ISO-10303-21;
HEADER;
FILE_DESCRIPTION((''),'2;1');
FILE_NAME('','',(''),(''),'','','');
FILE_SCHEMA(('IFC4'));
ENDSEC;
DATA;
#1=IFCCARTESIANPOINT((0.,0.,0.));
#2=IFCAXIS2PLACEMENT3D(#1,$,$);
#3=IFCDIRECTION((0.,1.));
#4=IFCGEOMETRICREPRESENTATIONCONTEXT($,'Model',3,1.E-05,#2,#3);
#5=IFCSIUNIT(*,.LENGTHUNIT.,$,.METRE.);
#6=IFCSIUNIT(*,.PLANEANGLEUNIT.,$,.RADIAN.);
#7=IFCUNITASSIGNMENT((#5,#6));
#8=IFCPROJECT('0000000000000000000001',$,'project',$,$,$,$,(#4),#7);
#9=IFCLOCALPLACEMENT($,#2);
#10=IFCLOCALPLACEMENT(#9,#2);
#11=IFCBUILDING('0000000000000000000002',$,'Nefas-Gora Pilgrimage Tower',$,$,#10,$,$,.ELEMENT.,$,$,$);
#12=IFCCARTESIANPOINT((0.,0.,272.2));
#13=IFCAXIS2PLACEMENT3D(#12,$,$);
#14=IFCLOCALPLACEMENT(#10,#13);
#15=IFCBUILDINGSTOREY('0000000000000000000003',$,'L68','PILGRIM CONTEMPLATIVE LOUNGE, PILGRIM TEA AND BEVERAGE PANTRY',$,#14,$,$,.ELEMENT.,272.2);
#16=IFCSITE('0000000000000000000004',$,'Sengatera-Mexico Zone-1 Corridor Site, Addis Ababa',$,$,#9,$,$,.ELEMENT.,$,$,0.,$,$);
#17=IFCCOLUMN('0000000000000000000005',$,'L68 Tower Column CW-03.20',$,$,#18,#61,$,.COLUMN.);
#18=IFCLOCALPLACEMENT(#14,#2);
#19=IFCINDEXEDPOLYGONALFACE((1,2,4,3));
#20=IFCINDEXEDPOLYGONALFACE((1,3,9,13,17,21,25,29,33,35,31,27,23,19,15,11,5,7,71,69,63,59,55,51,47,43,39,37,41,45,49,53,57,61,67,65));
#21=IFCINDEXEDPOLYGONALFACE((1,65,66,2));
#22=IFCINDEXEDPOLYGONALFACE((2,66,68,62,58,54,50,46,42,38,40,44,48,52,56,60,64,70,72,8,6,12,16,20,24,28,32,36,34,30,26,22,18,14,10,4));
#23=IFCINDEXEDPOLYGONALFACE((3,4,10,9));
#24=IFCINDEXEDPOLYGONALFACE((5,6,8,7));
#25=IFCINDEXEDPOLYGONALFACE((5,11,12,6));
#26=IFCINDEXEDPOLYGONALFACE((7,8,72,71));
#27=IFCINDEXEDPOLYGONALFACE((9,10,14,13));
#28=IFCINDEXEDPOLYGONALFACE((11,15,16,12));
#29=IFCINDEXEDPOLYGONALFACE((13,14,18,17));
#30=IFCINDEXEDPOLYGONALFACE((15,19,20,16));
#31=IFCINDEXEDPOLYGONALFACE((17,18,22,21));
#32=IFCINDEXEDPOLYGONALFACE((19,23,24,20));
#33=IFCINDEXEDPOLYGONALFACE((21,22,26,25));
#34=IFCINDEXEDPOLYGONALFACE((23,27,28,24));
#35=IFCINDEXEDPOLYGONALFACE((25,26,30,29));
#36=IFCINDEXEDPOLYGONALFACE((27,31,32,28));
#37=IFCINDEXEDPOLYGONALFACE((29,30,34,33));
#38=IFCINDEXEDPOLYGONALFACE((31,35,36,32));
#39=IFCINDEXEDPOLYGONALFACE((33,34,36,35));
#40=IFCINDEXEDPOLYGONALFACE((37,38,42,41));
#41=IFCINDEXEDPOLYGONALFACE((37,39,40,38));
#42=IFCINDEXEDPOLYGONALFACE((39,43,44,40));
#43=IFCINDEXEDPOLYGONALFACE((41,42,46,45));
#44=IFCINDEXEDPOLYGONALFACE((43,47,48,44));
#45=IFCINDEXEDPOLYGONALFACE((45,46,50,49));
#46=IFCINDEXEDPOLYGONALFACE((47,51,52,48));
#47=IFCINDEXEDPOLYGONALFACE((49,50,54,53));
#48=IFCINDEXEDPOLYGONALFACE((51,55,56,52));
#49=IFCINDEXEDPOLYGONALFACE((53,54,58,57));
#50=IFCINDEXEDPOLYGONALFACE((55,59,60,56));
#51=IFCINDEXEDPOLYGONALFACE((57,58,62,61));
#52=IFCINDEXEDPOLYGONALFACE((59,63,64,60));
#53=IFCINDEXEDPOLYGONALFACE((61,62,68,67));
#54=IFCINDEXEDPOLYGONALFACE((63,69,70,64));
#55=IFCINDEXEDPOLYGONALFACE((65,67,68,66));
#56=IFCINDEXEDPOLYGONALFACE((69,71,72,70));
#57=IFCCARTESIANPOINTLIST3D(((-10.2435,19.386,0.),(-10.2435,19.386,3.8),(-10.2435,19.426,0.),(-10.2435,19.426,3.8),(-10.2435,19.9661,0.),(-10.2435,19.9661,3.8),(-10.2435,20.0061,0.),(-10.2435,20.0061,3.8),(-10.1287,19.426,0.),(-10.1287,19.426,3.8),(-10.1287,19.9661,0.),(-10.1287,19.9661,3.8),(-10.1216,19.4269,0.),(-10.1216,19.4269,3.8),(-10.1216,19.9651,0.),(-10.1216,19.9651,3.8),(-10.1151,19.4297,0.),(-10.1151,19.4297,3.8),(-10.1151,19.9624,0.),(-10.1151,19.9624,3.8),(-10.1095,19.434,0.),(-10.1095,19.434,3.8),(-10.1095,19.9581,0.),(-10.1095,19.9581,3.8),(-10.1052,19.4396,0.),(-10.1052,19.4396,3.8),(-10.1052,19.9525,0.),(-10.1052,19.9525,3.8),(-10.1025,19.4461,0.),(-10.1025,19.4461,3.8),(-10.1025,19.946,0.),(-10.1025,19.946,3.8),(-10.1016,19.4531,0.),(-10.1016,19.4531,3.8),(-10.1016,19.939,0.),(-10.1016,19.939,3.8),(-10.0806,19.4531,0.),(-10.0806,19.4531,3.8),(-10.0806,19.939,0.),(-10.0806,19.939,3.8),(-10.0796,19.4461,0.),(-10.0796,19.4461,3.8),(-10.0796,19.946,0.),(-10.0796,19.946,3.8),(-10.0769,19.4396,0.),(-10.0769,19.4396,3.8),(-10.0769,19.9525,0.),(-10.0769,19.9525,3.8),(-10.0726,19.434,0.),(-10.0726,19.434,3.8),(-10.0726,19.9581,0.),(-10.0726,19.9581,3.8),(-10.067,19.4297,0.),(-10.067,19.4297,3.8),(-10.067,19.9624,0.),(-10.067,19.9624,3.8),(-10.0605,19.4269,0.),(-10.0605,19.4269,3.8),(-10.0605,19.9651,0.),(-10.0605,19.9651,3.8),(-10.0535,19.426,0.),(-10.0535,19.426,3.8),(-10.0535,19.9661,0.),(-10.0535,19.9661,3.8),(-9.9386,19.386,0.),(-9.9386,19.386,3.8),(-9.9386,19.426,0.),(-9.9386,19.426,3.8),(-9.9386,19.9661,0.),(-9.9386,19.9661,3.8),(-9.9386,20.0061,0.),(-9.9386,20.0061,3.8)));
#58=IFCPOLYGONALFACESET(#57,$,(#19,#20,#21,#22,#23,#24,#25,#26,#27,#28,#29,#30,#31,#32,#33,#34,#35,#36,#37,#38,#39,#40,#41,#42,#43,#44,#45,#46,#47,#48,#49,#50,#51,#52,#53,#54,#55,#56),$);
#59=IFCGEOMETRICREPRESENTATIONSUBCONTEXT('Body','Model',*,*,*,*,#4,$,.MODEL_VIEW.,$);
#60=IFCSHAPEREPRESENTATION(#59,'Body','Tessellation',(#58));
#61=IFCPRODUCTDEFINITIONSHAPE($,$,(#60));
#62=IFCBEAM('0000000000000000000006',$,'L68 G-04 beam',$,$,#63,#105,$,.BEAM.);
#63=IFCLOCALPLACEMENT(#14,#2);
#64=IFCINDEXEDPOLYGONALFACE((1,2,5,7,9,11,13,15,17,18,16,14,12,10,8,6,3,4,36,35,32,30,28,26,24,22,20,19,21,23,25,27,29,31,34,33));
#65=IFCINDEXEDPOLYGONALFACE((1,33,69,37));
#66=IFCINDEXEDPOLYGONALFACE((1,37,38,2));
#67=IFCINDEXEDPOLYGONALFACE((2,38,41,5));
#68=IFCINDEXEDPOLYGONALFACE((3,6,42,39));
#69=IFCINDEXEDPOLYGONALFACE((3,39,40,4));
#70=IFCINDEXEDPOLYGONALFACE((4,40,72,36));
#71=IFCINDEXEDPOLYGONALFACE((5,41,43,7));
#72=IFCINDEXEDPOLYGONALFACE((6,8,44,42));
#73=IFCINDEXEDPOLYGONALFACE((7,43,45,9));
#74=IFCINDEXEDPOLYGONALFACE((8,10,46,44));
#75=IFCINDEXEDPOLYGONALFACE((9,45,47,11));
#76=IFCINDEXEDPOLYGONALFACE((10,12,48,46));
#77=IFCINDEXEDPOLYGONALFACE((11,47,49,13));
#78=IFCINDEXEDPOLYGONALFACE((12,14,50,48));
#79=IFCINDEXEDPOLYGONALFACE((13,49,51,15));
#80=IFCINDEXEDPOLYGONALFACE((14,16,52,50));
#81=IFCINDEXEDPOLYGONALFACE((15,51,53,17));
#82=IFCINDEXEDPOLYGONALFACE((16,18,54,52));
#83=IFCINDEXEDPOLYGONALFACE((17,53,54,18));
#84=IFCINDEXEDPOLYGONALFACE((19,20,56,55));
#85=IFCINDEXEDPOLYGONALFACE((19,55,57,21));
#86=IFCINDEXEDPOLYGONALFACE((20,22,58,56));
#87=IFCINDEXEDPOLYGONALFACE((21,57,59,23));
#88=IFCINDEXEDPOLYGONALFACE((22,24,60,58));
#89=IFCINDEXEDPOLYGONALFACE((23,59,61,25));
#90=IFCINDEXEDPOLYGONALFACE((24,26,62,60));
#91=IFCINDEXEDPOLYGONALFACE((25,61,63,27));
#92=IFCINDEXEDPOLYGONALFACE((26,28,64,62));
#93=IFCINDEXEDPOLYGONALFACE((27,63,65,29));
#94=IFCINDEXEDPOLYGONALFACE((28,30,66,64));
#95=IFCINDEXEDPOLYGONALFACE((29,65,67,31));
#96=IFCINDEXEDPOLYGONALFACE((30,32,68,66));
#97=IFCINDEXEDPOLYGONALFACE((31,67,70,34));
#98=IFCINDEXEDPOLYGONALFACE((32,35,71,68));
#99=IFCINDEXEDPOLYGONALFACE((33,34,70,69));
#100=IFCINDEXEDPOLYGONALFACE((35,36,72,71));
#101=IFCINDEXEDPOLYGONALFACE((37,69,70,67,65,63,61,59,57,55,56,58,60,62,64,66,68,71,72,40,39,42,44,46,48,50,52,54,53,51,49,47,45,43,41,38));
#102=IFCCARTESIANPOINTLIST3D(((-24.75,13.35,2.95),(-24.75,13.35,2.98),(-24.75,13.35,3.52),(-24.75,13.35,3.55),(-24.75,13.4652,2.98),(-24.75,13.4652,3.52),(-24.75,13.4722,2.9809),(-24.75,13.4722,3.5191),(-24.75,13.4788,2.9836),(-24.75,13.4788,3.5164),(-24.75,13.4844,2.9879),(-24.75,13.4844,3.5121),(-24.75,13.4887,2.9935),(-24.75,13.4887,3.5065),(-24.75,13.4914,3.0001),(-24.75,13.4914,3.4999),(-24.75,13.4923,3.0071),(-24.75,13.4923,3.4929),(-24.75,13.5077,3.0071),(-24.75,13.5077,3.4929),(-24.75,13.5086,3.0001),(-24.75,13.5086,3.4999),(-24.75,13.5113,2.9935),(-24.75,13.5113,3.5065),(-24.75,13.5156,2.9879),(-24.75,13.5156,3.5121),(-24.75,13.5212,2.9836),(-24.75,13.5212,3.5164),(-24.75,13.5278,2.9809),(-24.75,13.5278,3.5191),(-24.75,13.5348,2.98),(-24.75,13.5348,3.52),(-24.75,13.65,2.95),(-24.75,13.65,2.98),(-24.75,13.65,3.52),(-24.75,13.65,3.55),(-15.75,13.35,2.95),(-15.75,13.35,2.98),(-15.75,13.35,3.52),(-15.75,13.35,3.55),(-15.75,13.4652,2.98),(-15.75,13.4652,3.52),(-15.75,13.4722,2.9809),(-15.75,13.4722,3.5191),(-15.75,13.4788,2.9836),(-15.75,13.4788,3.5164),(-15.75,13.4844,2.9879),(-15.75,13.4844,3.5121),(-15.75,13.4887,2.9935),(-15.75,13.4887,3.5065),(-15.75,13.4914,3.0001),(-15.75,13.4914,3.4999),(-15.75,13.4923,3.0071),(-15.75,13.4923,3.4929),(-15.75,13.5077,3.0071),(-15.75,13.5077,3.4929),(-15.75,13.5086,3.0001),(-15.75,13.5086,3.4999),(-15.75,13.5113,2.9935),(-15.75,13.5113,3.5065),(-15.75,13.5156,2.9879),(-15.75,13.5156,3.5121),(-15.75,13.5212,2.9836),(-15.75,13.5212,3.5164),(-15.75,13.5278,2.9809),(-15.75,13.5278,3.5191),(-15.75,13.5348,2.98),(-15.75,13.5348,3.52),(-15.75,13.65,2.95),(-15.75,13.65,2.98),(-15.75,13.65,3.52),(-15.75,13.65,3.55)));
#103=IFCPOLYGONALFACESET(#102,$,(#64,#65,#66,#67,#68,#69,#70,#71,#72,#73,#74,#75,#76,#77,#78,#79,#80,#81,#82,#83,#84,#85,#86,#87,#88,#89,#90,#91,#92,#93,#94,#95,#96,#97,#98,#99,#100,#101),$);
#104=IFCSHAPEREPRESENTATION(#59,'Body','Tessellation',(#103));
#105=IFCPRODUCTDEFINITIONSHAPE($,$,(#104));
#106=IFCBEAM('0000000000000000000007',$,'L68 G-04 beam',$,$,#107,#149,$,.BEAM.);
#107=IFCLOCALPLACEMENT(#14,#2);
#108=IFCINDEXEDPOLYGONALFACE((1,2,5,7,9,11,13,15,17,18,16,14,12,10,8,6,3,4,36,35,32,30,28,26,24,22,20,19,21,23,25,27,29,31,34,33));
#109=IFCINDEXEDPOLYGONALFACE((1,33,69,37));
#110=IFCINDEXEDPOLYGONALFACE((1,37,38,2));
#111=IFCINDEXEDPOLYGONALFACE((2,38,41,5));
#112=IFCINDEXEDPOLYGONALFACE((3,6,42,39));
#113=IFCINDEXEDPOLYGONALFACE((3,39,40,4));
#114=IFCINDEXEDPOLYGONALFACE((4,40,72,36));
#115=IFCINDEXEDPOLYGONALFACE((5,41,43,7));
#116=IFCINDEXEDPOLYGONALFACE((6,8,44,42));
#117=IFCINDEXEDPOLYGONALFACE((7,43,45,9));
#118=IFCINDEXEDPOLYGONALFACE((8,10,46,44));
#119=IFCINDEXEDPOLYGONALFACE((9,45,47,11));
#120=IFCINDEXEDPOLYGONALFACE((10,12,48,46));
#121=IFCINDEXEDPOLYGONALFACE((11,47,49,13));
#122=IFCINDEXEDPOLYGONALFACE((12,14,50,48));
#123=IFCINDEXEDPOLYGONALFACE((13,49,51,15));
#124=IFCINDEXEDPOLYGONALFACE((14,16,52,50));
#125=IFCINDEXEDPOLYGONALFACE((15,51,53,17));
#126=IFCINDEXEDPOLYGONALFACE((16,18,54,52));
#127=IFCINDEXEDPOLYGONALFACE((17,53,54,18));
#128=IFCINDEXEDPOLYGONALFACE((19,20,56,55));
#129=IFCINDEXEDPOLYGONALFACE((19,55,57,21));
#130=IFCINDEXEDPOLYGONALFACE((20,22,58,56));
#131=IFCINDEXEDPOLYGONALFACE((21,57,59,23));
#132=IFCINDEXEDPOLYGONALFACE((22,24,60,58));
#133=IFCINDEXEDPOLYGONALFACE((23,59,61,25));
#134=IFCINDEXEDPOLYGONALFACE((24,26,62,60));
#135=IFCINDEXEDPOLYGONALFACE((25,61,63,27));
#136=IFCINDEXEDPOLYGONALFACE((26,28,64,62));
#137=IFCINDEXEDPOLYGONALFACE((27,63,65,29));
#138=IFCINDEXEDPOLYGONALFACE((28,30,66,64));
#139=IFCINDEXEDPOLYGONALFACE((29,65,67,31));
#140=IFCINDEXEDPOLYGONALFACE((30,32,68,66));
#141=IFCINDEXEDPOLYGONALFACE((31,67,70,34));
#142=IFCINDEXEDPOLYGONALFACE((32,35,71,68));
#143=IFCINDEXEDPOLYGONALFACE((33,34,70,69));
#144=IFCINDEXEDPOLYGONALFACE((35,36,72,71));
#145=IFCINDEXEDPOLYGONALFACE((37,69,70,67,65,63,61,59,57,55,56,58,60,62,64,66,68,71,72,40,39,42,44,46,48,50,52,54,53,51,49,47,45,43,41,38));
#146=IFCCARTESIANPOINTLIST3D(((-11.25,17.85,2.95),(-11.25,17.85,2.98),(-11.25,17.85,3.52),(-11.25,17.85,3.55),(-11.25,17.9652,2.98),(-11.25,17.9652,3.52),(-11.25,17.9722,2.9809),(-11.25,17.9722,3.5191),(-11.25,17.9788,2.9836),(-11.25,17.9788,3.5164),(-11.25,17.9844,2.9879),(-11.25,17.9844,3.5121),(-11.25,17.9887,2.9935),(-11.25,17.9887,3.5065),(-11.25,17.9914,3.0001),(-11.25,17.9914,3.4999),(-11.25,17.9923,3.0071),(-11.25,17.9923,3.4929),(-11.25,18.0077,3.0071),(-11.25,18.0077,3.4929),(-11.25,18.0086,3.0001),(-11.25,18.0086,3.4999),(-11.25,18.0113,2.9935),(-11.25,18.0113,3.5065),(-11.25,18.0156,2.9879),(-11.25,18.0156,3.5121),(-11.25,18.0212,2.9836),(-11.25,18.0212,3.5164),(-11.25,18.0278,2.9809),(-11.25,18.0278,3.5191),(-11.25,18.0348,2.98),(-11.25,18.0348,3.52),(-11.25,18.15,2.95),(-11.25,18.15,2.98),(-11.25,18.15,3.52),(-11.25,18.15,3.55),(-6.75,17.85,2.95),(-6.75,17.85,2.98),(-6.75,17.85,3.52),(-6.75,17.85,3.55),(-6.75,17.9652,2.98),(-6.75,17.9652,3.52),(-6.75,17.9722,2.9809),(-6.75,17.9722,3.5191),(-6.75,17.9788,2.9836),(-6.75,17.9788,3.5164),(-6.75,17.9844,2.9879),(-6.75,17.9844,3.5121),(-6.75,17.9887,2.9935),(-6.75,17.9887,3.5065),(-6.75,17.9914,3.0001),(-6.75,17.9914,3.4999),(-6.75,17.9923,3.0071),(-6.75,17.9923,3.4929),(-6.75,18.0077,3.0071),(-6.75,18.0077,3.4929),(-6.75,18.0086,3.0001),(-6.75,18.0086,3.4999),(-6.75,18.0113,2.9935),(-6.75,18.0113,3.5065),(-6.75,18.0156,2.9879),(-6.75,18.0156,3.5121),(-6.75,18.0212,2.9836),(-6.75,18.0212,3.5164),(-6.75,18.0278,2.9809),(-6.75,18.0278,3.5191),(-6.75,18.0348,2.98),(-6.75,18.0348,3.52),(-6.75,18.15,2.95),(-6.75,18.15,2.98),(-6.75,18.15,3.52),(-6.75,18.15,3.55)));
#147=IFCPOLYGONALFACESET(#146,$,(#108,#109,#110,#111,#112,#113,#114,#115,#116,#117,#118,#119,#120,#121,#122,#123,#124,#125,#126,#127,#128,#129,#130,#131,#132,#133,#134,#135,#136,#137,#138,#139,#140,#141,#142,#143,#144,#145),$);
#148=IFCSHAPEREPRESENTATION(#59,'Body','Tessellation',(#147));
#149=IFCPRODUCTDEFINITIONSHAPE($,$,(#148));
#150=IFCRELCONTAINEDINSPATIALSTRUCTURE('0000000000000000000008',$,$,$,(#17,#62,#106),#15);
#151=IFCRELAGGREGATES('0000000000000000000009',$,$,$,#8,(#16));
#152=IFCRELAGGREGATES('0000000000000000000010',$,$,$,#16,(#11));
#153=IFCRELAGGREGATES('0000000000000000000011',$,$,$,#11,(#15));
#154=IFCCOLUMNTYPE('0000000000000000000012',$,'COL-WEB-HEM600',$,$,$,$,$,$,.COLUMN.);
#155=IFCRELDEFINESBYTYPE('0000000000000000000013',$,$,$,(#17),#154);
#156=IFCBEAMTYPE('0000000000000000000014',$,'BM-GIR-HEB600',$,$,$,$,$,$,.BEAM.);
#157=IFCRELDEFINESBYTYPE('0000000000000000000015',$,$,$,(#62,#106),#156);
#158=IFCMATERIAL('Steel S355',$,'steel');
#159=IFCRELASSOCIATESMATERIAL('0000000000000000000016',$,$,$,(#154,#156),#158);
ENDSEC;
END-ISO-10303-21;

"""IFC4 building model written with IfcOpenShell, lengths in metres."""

from ifc_helpers import new_model, si_unit, direction, frame, origin, origin_2d, place, context, subcontext, project, spatial, i_section, extrude, source, transform, mapped, material, material_profile, profile_set, type_object, element, save


model = new_model("IFC4")

# Units and contexts
model_context = context("Model", 3, precision=1e-05, world=origin(), true_north=direction((0.0, 1.0)))
body_context = subcontext(model_context, "Body", "Model", "MODEL_VIEW")
ifc_project = project(units=[si_unit("LENGTHUNIT", "METRE"), si_unit("PLANEANGLEUNIT", "RADIAN")], contexts=[model_context])

# Site, building, storey
site_placement = place(None, origin())
site = spatial("IfcSite", under=ifc_project, at=site_placement, Name="Sengatera-Mexico Zone-1 Corridor Site, Addis Ababa", CompositionType="ELEMENT", RefElevation=0.0)
building_placement = place(site_placement, origin())
building = spatial("IfcBuilding", under=site, at=building_placement, Name="Nefas-Gora Pilgrimage Tower", CompositionType="ELEMENT")
storey_placement = place(building_placement, frame((0.0, 0.0, 272.2)))
storey = spatial("IfcBuildingStorey", under=building, at=storey_placement, Name="L68", Description="PILGRIM CONTEMPLATIVE LOUNGE, PILGRIM TEA AND BEVERAGE PANTRY", CompositionType="ELEMENT", Elevation=272.2)

# Column
ifc_material_1 = material(Name="Steel S355", Category="steel")
ifc_material_profile_1 = material_profile(ifc_material_1, i_section(OverallWidth=0.3049, OverallDepth=0.6201, WebThickness=0.021, FlangeThickness=0.04, FilletRadius=0.0271, at=origin_2d()), Name="HEM 600")
ifc_profile_set_1 = profile_set([ifc_material_profile_1], Name="Steel S355")
column_type_1 = type_object("IfcColumnType", Name="COL-WEB-HEM600", PredefinedType="COLUMN", material=ifc_profile_set_1)
shared_shape_1 = source(origin(), body_context, "Body", "SweptSolid", [
    extrude(i_section(OverallWidth=0.3049, OverallDepth=0.6201, WebThickness=0.021, FlangeThickness=0.04, FilletRadius=0.0271, at=origin_2d()), origin(), (0.0, 0.0, 1.0), 3.8),
])
for number, where, z_axis, x_axis, name in (
    (1, (-10.0911, 19.696, 0.0), (0.0, 0.0, 1.0), (1.0, 0.0, 0.0), "L68 Tower Column CW-03.20"),
):
    element("IfcColumn", number, at=place(storey_placement, frame(where, z_axis=z_axis, x_axis=x_axis)), inside=storey, type_object=column_type_1, Name=name, PredefinedType="COLUMN", context=body_context, shape_type="MappedRepresentation", body=[
        mapped(shared_shape_1, transform((0.0, 0.0, 0.0), x_axis=(1.0, 0.0, 0.0), y_axis=(0.0, 1.0, 0.0), z_axis=(0.0, 0.0, 1.0), scale=1.0)),
    ])

# Beams
ifc_material_profile_2 = material_profile(ifc_material_1, i_section(OverallWidth=0.3, OverallDepth=0.6001, WebThickness=0.0154, FlangeThickness=0.03, FilletRadius=0.0271, at=origin_2d()), Name="HEB 600")
ifc_profile_set_2 = profile_set([ifc_material_profile_2], Name="Steel S355")
beam_type = type_object("IfcBeamType", Name="BM-GIR-HEB600", PredefinedType="BEAM", material=ifc_profile_set_2)
shared_shape_2 = source(origin(), body_context, "Body", "SweptSolid", [
    extrude(i_section(OverallWidth=0.3, OverallDepth=0.6001, WebThickness=0.0154, FlangeThickness=0.03, FilletRadius=0.0271, at=origin_2d()), origin(), (0.0, 0.0, 1.0), 9.0),
])
beam_1_placement = place(storey_placement, frame((-24.75, 13.5, 3.25), z_axis=(1.0, 0.0, 0.0), x_axis=(0.0, 1.0, 0.0)))
element("IfcBeam", 2, at=beam_1_placement, inside=storey, type_object=beam_type, Name="L68 G-04 beam", PredefinedType="BEAM", context=body_context, shape_type="MappedRepresentation", body=[
    mapped(shared_shape_2, transform((0.0, 0.0, 0.0), x_axis=(1.0, 0.0, 0.0), y_axis=(0.0, 1.0, 0.0), z_axis=(0.0, 0.0, 1.0), scale=1.0)),
])
shared_shape_3 = source(origin(), body_context, "Body", "SweptSolid", [
    extrude(i_section(OverallWidth=0.3, OverallDepth=0.6001, WebThickness=0.0154, FlangeThickness=0.03, FilletRadius=0.0271, at=origin_2d()), origin(), (0.0, 0.0, 1.0), 4.5),
])
beam_2_placement = place(storey_placement, frame((-11.25, 18.0, 3.25), z_axis=(1.0, 0.0, 0.0), x_axis=(0.0, 1.0, 0.0)))
element("IfcBeam", 3, at=beam_2_placement, inside=storey, type_object=beam_type, Name="L68 G-04 beam", PredefinedType="BEAM", context=body_context, shape_type="MappedRepresentation", body=[
    mapped(shared_shape_3, transform((0.0, 0.0, 0.0), x_axis=(1.0, 0.0, 0.0), y_axis=(0.0, 1.0, 0.0), z_axis=(0.0, 0.0, 1.0), scale=1.0)),
])

save(model, "model.ifc")
